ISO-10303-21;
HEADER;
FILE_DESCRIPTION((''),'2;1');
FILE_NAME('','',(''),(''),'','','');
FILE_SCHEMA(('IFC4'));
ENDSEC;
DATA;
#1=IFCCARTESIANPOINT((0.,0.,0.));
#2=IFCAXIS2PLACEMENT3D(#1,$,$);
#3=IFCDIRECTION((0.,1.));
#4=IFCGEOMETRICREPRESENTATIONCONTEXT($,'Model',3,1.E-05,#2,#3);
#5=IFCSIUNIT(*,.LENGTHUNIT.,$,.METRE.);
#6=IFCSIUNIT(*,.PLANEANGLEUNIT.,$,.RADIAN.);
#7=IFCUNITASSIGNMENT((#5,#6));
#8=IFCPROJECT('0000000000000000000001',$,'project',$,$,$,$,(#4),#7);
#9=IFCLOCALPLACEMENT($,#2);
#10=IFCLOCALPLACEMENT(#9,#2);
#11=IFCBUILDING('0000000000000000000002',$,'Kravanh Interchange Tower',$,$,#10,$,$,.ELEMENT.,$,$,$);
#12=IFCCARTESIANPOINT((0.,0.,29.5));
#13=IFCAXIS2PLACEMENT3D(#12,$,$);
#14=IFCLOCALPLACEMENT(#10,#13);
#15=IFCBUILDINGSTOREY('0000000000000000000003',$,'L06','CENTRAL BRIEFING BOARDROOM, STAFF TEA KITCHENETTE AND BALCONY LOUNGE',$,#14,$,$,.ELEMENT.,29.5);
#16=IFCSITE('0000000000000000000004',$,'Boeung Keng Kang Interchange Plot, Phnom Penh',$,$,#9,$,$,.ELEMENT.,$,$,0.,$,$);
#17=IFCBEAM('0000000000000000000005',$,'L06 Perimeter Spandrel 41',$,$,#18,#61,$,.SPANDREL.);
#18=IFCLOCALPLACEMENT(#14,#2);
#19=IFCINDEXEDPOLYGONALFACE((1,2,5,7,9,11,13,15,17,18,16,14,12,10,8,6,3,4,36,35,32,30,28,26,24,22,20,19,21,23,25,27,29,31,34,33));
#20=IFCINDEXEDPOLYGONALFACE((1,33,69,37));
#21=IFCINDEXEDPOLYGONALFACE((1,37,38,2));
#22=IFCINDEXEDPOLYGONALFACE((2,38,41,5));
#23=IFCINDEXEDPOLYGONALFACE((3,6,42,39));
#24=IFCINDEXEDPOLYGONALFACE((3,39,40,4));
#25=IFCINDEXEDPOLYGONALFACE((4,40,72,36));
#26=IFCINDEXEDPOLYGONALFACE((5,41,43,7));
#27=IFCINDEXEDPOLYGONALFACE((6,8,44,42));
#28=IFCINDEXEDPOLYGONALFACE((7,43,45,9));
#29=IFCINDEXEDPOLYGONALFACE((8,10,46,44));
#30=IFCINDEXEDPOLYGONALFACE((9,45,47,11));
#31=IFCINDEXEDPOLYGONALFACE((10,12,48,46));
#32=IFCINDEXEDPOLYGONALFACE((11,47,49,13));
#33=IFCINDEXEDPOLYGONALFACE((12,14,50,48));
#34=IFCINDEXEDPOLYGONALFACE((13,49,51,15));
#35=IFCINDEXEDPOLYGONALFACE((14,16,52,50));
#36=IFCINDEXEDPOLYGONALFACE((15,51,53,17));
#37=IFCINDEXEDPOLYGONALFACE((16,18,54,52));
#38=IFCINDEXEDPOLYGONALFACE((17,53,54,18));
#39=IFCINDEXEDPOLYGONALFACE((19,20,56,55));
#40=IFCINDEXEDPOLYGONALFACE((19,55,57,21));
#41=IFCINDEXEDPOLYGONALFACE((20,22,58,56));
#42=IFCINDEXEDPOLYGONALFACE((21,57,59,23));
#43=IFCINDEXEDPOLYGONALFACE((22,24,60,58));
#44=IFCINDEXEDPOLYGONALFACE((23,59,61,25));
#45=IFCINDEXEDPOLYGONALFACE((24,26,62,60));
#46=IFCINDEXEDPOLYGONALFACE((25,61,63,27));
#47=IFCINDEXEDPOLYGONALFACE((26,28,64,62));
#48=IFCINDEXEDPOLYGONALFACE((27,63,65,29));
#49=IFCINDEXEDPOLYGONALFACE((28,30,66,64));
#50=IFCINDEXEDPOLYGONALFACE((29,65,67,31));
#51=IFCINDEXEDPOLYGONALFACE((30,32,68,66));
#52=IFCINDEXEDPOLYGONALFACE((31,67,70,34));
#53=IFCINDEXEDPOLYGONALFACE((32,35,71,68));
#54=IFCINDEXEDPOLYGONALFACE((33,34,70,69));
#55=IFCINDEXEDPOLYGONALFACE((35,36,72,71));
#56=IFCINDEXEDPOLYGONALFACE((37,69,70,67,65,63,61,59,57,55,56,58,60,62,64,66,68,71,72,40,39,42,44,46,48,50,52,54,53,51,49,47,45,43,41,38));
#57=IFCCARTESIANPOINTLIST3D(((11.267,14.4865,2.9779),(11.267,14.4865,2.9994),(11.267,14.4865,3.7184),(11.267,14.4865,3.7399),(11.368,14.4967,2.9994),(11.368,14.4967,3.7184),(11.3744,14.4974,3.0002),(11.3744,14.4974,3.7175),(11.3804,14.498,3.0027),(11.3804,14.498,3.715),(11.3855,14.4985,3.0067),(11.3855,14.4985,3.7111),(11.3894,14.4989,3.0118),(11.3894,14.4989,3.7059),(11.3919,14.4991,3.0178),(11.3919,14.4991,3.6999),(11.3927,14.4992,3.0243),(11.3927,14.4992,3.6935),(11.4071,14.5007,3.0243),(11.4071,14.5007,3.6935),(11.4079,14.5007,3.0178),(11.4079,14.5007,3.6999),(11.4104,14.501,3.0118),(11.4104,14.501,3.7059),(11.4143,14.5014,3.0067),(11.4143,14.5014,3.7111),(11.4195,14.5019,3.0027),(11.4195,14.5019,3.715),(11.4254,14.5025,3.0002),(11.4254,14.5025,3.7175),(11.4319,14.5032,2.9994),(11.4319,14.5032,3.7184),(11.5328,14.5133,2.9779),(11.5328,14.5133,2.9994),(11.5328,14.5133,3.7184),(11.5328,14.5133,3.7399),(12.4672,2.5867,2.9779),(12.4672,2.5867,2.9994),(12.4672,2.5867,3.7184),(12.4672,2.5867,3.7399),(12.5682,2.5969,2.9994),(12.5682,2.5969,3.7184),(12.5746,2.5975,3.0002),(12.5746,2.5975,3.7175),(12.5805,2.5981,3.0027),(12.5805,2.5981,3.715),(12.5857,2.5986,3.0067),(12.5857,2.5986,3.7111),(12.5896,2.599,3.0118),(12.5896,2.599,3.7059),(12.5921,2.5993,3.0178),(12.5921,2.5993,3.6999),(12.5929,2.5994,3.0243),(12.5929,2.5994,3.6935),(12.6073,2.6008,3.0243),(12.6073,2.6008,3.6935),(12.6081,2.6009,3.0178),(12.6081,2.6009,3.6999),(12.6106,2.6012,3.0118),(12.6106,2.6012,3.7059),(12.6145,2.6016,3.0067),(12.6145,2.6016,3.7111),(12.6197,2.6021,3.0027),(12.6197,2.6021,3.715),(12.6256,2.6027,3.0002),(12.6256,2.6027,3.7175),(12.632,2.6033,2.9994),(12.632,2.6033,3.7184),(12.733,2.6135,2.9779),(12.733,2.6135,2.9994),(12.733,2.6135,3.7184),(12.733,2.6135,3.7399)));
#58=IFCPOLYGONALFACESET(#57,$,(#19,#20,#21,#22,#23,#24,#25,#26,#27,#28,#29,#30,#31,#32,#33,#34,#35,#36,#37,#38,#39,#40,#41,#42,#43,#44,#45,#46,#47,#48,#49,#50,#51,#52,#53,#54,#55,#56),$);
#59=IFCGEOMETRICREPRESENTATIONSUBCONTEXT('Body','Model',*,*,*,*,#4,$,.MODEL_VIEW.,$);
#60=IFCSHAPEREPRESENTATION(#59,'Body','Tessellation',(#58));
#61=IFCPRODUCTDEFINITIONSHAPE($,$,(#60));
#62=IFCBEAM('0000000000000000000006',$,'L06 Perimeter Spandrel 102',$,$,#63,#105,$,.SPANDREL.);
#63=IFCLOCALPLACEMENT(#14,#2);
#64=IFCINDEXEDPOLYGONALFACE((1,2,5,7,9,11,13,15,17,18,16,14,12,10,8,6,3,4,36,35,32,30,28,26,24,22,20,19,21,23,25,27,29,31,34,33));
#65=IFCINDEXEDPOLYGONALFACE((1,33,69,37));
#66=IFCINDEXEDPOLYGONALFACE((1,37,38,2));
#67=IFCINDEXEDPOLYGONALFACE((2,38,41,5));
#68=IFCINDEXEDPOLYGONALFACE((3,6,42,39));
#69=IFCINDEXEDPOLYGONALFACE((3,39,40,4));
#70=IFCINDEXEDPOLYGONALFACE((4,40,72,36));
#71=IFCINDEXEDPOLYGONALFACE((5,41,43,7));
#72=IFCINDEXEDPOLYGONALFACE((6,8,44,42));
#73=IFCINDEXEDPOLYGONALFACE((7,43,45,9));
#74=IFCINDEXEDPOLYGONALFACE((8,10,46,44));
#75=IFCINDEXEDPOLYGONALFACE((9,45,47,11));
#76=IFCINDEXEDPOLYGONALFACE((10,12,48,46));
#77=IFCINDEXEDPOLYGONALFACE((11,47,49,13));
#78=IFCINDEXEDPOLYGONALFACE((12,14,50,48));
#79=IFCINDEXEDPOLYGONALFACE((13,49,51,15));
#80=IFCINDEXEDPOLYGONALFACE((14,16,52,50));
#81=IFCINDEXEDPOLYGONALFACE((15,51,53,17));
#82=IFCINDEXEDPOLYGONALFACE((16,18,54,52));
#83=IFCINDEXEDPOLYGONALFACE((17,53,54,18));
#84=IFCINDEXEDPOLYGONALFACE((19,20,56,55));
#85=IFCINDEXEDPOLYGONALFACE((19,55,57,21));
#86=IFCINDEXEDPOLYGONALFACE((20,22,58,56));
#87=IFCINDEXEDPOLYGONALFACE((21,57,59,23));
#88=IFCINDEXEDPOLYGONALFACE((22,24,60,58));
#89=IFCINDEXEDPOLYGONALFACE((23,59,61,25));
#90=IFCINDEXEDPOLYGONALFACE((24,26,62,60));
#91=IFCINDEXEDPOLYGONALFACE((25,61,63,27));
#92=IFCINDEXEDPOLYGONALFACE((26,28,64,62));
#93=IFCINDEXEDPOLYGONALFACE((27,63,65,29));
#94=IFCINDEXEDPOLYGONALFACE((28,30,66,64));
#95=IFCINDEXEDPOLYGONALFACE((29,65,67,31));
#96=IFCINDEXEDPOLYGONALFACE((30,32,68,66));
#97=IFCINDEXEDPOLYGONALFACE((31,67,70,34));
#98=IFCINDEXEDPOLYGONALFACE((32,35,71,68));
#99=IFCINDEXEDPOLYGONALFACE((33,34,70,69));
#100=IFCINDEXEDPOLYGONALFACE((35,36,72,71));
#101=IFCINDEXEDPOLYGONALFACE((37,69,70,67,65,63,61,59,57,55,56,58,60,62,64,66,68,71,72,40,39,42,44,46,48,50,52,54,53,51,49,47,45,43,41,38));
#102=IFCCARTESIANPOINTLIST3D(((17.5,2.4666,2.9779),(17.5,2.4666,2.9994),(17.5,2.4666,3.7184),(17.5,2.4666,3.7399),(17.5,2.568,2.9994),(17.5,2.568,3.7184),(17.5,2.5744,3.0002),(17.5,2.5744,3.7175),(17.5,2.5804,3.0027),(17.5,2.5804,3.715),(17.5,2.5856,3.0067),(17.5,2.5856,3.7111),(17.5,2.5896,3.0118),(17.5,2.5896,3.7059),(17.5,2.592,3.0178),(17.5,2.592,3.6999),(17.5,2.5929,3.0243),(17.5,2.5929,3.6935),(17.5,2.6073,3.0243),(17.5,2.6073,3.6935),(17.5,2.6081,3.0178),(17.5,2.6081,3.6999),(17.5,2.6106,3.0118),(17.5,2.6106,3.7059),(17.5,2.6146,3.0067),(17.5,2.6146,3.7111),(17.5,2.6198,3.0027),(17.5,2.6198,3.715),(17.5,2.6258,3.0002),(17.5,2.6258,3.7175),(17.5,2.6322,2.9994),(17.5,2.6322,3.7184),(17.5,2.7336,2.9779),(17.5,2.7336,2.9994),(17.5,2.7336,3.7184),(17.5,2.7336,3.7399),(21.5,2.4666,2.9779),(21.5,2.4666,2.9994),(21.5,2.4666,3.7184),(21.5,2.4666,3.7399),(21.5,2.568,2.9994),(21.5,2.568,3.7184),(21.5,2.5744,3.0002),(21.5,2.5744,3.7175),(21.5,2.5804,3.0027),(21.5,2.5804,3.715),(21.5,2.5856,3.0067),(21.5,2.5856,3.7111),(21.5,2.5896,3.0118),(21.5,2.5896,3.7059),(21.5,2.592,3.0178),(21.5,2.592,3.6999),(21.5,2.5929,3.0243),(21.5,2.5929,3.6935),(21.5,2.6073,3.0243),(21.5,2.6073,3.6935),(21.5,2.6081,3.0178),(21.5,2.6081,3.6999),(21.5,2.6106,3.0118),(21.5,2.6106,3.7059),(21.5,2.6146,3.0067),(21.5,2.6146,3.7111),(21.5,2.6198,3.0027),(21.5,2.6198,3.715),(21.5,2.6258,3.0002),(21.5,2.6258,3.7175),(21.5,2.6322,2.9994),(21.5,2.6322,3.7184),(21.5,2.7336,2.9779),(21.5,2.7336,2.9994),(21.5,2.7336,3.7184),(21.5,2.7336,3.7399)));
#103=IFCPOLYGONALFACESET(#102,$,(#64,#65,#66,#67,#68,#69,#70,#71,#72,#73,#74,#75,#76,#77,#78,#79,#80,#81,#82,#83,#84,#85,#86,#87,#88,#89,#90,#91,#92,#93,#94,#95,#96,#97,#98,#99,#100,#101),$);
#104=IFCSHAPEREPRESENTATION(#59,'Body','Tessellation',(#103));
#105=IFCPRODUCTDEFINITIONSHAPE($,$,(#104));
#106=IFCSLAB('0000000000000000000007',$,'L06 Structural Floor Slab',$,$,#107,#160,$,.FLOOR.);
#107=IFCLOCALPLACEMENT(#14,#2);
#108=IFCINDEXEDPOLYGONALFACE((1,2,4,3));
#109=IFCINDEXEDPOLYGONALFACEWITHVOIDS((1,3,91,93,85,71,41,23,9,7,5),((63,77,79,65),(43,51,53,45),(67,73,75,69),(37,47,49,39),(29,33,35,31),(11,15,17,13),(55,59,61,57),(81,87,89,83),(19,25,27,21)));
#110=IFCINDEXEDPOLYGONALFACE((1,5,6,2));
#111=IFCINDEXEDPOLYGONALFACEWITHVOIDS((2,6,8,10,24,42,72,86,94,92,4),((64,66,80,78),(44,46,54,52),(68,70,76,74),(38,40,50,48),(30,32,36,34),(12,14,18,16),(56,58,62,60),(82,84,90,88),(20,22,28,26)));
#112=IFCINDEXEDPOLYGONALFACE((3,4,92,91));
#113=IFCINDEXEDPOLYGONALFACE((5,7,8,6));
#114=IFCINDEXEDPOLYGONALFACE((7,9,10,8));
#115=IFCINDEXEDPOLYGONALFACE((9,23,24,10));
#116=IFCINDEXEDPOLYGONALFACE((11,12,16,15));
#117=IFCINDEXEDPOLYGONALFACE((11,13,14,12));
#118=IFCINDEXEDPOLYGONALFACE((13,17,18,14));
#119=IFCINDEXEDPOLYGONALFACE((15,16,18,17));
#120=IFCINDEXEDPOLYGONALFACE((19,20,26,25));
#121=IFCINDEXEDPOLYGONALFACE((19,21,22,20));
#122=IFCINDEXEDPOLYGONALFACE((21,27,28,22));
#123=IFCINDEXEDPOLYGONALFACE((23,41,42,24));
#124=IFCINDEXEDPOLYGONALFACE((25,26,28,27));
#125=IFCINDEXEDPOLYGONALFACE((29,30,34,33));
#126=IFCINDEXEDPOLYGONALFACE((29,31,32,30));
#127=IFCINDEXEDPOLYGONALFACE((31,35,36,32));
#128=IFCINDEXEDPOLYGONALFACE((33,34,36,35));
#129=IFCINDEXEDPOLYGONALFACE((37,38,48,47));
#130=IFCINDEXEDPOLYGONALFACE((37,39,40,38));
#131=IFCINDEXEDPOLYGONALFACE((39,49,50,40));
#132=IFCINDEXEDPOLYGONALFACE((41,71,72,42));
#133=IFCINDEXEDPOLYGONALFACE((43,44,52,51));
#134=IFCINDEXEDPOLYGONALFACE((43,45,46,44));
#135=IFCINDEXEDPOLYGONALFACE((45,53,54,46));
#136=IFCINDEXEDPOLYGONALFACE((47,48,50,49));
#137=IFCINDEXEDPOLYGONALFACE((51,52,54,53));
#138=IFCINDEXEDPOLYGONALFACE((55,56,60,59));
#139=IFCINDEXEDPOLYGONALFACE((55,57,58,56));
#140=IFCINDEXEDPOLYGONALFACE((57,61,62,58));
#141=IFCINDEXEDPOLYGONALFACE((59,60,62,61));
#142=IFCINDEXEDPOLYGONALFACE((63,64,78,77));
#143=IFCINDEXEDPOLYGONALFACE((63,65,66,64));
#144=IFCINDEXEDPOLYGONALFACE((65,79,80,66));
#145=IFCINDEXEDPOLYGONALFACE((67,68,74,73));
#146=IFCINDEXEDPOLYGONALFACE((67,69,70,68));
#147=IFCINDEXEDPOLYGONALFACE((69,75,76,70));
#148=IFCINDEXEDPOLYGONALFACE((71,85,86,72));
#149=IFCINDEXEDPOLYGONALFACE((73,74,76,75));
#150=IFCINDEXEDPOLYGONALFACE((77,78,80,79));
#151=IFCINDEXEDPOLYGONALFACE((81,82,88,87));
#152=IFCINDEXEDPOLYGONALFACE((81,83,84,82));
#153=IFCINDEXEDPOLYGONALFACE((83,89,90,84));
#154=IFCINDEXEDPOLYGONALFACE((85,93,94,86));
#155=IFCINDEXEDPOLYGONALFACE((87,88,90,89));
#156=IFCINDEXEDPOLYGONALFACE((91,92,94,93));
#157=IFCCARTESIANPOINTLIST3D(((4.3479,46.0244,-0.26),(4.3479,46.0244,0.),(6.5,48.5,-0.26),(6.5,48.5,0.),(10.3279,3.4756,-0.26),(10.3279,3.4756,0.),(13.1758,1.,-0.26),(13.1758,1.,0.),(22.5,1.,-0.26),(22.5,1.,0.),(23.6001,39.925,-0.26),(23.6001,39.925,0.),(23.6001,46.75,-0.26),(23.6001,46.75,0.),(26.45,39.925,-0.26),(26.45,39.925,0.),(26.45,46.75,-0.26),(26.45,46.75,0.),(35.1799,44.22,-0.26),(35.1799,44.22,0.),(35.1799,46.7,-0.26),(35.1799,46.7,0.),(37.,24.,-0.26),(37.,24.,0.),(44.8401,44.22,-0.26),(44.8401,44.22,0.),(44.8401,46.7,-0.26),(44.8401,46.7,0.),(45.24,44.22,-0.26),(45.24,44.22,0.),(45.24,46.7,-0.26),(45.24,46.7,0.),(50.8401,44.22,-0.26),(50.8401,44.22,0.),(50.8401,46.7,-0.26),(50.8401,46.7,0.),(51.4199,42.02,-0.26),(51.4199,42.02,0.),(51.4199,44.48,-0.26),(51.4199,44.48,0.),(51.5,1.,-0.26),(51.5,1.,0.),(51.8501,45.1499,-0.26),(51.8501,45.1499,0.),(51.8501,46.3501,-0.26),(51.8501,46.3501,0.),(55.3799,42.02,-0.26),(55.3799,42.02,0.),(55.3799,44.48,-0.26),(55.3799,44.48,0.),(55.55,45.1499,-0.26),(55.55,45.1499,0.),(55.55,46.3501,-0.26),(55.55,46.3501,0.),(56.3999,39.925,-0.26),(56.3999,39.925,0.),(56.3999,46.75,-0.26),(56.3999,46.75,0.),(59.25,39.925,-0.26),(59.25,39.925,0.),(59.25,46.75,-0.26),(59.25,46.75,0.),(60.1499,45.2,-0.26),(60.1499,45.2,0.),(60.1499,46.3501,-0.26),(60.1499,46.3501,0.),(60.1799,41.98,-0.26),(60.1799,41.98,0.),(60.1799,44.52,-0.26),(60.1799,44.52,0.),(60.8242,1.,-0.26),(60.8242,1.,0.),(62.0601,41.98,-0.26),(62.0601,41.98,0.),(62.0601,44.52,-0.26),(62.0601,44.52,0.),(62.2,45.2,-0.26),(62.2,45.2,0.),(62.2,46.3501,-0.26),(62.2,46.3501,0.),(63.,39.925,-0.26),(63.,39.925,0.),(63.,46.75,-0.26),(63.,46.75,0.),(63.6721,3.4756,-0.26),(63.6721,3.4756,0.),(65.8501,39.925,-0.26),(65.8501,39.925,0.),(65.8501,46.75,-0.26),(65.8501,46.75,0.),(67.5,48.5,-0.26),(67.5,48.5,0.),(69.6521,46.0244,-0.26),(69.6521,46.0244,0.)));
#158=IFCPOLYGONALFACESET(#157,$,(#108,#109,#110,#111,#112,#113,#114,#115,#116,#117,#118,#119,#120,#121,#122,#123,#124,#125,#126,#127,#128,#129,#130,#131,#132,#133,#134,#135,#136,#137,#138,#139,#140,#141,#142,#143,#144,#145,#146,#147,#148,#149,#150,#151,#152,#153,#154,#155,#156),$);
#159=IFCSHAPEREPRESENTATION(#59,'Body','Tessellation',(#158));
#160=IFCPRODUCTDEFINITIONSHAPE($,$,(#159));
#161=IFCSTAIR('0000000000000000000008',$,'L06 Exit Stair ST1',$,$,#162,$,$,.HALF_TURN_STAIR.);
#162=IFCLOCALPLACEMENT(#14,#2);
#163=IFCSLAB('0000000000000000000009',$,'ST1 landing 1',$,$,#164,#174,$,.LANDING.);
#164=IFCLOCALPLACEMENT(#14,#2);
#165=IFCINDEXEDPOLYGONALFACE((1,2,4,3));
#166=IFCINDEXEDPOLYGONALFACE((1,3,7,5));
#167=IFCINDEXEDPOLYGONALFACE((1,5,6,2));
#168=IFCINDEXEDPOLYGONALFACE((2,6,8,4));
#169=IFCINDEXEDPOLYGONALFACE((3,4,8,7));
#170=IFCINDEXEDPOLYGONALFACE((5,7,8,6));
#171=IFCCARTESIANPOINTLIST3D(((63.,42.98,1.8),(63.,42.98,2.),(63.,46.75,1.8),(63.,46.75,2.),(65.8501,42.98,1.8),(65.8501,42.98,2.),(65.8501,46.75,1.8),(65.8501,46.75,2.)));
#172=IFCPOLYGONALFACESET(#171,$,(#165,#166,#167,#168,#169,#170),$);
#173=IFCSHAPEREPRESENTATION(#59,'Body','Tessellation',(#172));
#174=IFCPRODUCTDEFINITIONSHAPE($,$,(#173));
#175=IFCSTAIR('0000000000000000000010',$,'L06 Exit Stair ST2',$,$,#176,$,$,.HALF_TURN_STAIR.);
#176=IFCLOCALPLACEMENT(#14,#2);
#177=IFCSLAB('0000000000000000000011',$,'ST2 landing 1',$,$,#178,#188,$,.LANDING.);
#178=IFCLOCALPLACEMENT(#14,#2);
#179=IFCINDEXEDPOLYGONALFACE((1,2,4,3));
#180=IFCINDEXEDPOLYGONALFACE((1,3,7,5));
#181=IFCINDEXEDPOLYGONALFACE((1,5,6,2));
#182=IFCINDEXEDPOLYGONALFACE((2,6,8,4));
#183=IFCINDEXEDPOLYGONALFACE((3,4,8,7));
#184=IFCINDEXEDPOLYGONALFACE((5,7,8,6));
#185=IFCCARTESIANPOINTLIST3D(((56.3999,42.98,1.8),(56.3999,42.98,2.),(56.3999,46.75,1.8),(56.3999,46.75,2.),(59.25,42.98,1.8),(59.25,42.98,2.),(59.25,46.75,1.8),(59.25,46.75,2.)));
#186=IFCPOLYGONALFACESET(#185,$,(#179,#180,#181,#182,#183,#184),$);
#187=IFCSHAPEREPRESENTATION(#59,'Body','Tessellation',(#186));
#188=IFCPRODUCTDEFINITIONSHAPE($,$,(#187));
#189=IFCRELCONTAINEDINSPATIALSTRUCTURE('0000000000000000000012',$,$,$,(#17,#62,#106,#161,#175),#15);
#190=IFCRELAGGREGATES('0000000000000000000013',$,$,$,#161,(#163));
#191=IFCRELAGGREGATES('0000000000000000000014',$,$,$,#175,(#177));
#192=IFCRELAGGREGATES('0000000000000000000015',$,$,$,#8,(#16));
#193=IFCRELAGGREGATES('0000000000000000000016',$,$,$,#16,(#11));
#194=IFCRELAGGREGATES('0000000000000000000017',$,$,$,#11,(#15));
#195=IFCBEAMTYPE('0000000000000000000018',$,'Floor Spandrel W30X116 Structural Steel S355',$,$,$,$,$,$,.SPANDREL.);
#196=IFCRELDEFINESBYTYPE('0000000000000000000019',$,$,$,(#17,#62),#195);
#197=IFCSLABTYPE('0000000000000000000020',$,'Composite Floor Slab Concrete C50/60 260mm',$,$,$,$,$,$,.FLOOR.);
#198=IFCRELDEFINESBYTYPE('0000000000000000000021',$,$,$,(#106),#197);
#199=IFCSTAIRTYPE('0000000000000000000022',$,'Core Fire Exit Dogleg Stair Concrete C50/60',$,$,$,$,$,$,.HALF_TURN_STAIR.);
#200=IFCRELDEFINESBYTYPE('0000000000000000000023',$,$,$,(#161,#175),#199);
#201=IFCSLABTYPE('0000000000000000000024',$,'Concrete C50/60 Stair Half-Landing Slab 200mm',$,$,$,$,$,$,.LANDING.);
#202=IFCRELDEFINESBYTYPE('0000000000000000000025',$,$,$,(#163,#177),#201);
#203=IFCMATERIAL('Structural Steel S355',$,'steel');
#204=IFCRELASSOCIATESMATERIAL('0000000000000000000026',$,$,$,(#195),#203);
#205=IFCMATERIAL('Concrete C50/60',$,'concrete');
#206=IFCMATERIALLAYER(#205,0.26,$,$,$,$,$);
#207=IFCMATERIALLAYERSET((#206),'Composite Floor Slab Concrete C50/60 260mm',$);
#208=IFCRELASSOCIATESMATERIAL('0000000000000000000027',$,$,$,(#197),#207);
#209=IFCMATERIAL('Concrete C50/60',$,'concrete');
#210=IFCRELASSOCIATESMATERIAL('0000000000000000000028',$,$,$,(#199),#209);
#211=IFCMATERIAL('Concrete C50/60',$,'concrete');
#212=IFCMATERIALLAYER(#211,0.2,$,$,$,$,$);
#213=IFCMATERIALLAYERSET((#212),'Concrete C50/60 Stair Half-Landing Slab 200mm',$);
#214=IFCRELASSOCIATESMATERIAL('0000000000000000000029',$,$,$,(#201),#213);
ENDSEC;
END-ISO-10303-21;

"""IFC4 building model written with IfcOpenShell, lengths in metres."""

from ifc_helpers import new_model, si_unit, direction, frame, origin, origin_2d, place, context, subcontext, project, spatial, polyline, i_section, outline, extrude, material, layer, layer_set, material_profile, profile_set, type_object, element, aggregate, save


model = new_model("IFC4")

# Units and contexts
model_context = context("Model", 3, precision=1e-05, world=origin(), true_north=direction((0.0, 1.0)))
body_context = subcontext(model_context, "Body", "Model", "MODEL_VIEW")
ifc_project = project(units=[si_unit("LENGTHUNIT", "METRE"), si_unit("PLANEANGLEUNIT", "RADIAN")], contexts=[model_context])

# Site, building, storey
site_placement = place(None, origin())
site = spatial("IfcSite", under=ifc_project, at=site_placement, Name="Boeung Keng Kang Interchange Plot, Phnom Penh", CompositionType="ELEMENT", RefElevation=0.0)
building_placement = place(site_placement, origin())
building = spatial("IfcBuilding", under=site, at=building_placement, Name="Kravanh Interchange Tower", CompositionType="ELEMENT")
storey_placement = place(building_placement, frame((0.0, 0.0, 29.5)))
storey = spatial("IfcBuildingStorey", under=building, at=storey_placement, Name="L06", Description="CENTRAL BRIEFING BOARDROOM, STAFF TEA KITCHENETTE AND BALCONY LOUNGE", CompositionType="ELEMENT", Elevation=29.5)

# Beams
ifc_material_1 = material(Name="Structural Steel S355", Category="steel")
ifc_material_profile_1 = material_profile(ifc_material_1, i_section(OverallWidth=0.2671, OverallDepth=0.762, WebThickness=0.0144, FlangeThickness=0.0215, FilletRadius=0.0249, at=origin_2d()), Name="W30X116")
ifc_profile_set_1 = profile_set([ifc_material_profile_1], Name="Structural Steel S355")
beam_type_1 = type_object("IfcBeamType", Name="Floor Spandrel W30X116 Structural Steel S355", PredefinedType="SPANDREL", material=ifc_profile_set_1)
beam_1_placement = place(storey_placement, frame((12.6001, 2.6001, 3.3589), z_axis=(-0.100348, 0.994952, 0.0), x_axis=(-0.994952, -0.100348, 0.0)))
element("IfcBeam", 1, at=beam_1_placement, inside=storey, type_object=beam_type_1, Name="L06 Perimeter Spandrel 41", PredefinedType="SPANDREL", context=body_context, shape_type="SweptSolid", body=[
    extrude(i_section(OverallWidth=0.2671, OverallDepth=0.762, WebThickness=0.0144, FlangeThickness=0.0215, FilletRadius=0.0249, at=origin_2d()), origin(), (0.0, 0.0, 1.0), 11.9602),
])
beam_2_placement = place(storey_placement, frame((17.5, 2.6001, 3.3589), z_axis=(1.0, 0.0, 0.0), x_axis=(0.0, 1.0, 0.0)))
element("IfcBeam", 2, at=beam_2_placement, inside=storey, type_object=beam_type_1, Name="L06 Perimeter Spandrel 102", PredefinedType="SPANDREL", context=body_context, shape_type="SweptSolid", body=[
    extrude(i_section(OverallWidth=0.2671, OverallDepth=0.762, WebThickness=0.0144, FlangeThickness=0.0215, FilletRadius=0.0249, at=origin_2d()), origin(), (0.0, 0.0, 1.0), 4.0),
])

# Slab
ifc_material_2 = material(Name="Concrete C50/60", Category="concrete")
ifc_layer_1 = layer(ifc_material_2, 0.26)
ifc_layer_set_1 = layer_set([ifc_layer_1], Name="Composite Floor Slab Concrete C50/60 260mm")
slab_type_1 = type_object("IfcSlabType", Name="Composite Floor Slab Concrete C50/60 260mm", PredefinedType="FLOOR", material=ifc_layer_set_1)
slab_1_placement = place(storey_placement, frame((0.0, 0.0, -0.26)))
element("IfcSlab", 3, at=slab_1_placement, inside=storey, type_object=slab_type_1, Name="L06 Structural Floor Slab", PredefinedType="FLOOR", context=body_context, shape_type="SweptSolid", body=[
    extrude(outline(polyline([(10.3279, 3.4756), (13.1758, 1.0), (22.5, 1.0), (37.0, 24.0), (51.5, 1.0), (60.8242, 1.0), (63.6721, 3.4756), (69.6521, 46.0244), (67.5, 48.5), (6.5, 48.5), (4.3479, 46.0244), (10.3279, 3.4756)]), holes=[polyline([(65.8501, 39.925), (65.8501, 46.75), (63.0, 46.75), (63.0, 39.925), (65.8501, 39.925)]), polyline([(59.25, 39.925), (59.25, 46.75), (56.3999, 46.75), (56.3999, 39.925), (59.25, 39.925)]), polyline([(26.45, 39.925), (26.45, 46.75), (23.6001, 46.75), (23.6001, 39.925), (26.45, 39.925)]), polyline([(35.1799, 44.22), (44.8401, 44.22), (44.8401, 46.7), (35.1799, 46.7), (35.1799, 44.22)]), polyline([(45.24, 44.22), (50.8401, 44.22), (50.8401, 46.7), (45.24, 46.7), (45.24, 44.22)]), polyline([(51.4199, 42.02), (55.3799, 42.02), (55.3799, 44.48), (51.4199, 44.48), (51.4199, 42.02)]), polyline([(60.1799, 41.98), (62.0601, 41.98), (62.0601, 44.52), (60.1799, 44.52), (60.1799, 41.98)]), polyline([(60.1499, 45.2), (62.2, 45.2), (62.2, 46.3501), (60.1499, 46.3501), (60.1499, 45.2)]), polyline([(51.8501, 45.1499), (55.55, 45.1499), (55.55, 46.3501), (51.8501, 46.3501), (51.8501, 45.1499)])]), origin(), (0.0, 0.0, 1.0), 0.26),
])

# Stairs, slabs
ifc_material_3 = material(Name="Concrete C50/60", Category="concrete")
stair_type = type_object("IfcStairType", Name="Core Fire Exit Dogleg Stair Concrete C50/60", PredefinedType="HALF_TURN_STAIR", material=ifc_material_3)
stair_1_placement = place(storey_placement, origin())
stair_1 = element("IfcStair", 4, at=stair_1_placement, inside=storey, type_object=stair_type, Name="L06 Exit Stair ST1", PredefinedType="HALF_TURN_STAIR")
ifc_material_4 = material(Name="Concrete C50/60", Category="concrete")
ifc_layer_2 = layer(ifc_material_4, 0.2)
ifc_layer_set_2 = layer_set([ifc_layer_2], Name="Concrete C50/60 Stair Half-Landing Slab 200mm")
slab_type_2 = type_object("IfcSlabType", Name="Concrete C50/60 Stair Half-Landing Slab 200mm", PredefinedType="LANDING", material=ifc_layer_set_2)
slab_2_placement = place(storey_placement, frame((0.0, 0.0, 1.8)))
slab_2 = element("IfcSlab", 5, at=slab_2_placement, type_object=slab_type_2, Name="ST1 landing 1", PredefinedType="LANDING", context=body_context, shape_type="SweptSolid", body=[
    extrude(outline(polyline([(65.8501, 42.98), (65.8501, 46.75), (63.0, 46.75), (63.0, 42.98), (65.8501, 42.98)])), origin(), (0.0, 0.0, 1.0), 0.2),
])
aggregate(stair_1, [slab_2])
stair_2_placement = place(storey_placement, origin())
stair_2 = element("IfcStair", 6, at=stair_2_placement, inside=storey, type_object=stair_type, Name="L06 Exit Stair ST2", PredefinedType="HALF_TURN_STAIR")
slab_3_placement = place(storey_placement, frame((0.0, 0.0, 1.8)))
slab_3 = element("IfcSlab", 7, at=slab_3_placement, type_object=slab_type_2, Name="ST2 landing 1", PredefinedType="LANDING", context=body_context, shape_type="SweptSolid", body=[
    extrude(outline(polyline([(59.25, 42.98), (59.25, 46.75), (56.3999, 46.75), (56.3999, 42.98), (59.25, 42.98)])), origin(), (0.0, 0.0, 1.0), 0.2),
])
aggregate(stair_2, [slab_3])

save(model, "model.ifc")
